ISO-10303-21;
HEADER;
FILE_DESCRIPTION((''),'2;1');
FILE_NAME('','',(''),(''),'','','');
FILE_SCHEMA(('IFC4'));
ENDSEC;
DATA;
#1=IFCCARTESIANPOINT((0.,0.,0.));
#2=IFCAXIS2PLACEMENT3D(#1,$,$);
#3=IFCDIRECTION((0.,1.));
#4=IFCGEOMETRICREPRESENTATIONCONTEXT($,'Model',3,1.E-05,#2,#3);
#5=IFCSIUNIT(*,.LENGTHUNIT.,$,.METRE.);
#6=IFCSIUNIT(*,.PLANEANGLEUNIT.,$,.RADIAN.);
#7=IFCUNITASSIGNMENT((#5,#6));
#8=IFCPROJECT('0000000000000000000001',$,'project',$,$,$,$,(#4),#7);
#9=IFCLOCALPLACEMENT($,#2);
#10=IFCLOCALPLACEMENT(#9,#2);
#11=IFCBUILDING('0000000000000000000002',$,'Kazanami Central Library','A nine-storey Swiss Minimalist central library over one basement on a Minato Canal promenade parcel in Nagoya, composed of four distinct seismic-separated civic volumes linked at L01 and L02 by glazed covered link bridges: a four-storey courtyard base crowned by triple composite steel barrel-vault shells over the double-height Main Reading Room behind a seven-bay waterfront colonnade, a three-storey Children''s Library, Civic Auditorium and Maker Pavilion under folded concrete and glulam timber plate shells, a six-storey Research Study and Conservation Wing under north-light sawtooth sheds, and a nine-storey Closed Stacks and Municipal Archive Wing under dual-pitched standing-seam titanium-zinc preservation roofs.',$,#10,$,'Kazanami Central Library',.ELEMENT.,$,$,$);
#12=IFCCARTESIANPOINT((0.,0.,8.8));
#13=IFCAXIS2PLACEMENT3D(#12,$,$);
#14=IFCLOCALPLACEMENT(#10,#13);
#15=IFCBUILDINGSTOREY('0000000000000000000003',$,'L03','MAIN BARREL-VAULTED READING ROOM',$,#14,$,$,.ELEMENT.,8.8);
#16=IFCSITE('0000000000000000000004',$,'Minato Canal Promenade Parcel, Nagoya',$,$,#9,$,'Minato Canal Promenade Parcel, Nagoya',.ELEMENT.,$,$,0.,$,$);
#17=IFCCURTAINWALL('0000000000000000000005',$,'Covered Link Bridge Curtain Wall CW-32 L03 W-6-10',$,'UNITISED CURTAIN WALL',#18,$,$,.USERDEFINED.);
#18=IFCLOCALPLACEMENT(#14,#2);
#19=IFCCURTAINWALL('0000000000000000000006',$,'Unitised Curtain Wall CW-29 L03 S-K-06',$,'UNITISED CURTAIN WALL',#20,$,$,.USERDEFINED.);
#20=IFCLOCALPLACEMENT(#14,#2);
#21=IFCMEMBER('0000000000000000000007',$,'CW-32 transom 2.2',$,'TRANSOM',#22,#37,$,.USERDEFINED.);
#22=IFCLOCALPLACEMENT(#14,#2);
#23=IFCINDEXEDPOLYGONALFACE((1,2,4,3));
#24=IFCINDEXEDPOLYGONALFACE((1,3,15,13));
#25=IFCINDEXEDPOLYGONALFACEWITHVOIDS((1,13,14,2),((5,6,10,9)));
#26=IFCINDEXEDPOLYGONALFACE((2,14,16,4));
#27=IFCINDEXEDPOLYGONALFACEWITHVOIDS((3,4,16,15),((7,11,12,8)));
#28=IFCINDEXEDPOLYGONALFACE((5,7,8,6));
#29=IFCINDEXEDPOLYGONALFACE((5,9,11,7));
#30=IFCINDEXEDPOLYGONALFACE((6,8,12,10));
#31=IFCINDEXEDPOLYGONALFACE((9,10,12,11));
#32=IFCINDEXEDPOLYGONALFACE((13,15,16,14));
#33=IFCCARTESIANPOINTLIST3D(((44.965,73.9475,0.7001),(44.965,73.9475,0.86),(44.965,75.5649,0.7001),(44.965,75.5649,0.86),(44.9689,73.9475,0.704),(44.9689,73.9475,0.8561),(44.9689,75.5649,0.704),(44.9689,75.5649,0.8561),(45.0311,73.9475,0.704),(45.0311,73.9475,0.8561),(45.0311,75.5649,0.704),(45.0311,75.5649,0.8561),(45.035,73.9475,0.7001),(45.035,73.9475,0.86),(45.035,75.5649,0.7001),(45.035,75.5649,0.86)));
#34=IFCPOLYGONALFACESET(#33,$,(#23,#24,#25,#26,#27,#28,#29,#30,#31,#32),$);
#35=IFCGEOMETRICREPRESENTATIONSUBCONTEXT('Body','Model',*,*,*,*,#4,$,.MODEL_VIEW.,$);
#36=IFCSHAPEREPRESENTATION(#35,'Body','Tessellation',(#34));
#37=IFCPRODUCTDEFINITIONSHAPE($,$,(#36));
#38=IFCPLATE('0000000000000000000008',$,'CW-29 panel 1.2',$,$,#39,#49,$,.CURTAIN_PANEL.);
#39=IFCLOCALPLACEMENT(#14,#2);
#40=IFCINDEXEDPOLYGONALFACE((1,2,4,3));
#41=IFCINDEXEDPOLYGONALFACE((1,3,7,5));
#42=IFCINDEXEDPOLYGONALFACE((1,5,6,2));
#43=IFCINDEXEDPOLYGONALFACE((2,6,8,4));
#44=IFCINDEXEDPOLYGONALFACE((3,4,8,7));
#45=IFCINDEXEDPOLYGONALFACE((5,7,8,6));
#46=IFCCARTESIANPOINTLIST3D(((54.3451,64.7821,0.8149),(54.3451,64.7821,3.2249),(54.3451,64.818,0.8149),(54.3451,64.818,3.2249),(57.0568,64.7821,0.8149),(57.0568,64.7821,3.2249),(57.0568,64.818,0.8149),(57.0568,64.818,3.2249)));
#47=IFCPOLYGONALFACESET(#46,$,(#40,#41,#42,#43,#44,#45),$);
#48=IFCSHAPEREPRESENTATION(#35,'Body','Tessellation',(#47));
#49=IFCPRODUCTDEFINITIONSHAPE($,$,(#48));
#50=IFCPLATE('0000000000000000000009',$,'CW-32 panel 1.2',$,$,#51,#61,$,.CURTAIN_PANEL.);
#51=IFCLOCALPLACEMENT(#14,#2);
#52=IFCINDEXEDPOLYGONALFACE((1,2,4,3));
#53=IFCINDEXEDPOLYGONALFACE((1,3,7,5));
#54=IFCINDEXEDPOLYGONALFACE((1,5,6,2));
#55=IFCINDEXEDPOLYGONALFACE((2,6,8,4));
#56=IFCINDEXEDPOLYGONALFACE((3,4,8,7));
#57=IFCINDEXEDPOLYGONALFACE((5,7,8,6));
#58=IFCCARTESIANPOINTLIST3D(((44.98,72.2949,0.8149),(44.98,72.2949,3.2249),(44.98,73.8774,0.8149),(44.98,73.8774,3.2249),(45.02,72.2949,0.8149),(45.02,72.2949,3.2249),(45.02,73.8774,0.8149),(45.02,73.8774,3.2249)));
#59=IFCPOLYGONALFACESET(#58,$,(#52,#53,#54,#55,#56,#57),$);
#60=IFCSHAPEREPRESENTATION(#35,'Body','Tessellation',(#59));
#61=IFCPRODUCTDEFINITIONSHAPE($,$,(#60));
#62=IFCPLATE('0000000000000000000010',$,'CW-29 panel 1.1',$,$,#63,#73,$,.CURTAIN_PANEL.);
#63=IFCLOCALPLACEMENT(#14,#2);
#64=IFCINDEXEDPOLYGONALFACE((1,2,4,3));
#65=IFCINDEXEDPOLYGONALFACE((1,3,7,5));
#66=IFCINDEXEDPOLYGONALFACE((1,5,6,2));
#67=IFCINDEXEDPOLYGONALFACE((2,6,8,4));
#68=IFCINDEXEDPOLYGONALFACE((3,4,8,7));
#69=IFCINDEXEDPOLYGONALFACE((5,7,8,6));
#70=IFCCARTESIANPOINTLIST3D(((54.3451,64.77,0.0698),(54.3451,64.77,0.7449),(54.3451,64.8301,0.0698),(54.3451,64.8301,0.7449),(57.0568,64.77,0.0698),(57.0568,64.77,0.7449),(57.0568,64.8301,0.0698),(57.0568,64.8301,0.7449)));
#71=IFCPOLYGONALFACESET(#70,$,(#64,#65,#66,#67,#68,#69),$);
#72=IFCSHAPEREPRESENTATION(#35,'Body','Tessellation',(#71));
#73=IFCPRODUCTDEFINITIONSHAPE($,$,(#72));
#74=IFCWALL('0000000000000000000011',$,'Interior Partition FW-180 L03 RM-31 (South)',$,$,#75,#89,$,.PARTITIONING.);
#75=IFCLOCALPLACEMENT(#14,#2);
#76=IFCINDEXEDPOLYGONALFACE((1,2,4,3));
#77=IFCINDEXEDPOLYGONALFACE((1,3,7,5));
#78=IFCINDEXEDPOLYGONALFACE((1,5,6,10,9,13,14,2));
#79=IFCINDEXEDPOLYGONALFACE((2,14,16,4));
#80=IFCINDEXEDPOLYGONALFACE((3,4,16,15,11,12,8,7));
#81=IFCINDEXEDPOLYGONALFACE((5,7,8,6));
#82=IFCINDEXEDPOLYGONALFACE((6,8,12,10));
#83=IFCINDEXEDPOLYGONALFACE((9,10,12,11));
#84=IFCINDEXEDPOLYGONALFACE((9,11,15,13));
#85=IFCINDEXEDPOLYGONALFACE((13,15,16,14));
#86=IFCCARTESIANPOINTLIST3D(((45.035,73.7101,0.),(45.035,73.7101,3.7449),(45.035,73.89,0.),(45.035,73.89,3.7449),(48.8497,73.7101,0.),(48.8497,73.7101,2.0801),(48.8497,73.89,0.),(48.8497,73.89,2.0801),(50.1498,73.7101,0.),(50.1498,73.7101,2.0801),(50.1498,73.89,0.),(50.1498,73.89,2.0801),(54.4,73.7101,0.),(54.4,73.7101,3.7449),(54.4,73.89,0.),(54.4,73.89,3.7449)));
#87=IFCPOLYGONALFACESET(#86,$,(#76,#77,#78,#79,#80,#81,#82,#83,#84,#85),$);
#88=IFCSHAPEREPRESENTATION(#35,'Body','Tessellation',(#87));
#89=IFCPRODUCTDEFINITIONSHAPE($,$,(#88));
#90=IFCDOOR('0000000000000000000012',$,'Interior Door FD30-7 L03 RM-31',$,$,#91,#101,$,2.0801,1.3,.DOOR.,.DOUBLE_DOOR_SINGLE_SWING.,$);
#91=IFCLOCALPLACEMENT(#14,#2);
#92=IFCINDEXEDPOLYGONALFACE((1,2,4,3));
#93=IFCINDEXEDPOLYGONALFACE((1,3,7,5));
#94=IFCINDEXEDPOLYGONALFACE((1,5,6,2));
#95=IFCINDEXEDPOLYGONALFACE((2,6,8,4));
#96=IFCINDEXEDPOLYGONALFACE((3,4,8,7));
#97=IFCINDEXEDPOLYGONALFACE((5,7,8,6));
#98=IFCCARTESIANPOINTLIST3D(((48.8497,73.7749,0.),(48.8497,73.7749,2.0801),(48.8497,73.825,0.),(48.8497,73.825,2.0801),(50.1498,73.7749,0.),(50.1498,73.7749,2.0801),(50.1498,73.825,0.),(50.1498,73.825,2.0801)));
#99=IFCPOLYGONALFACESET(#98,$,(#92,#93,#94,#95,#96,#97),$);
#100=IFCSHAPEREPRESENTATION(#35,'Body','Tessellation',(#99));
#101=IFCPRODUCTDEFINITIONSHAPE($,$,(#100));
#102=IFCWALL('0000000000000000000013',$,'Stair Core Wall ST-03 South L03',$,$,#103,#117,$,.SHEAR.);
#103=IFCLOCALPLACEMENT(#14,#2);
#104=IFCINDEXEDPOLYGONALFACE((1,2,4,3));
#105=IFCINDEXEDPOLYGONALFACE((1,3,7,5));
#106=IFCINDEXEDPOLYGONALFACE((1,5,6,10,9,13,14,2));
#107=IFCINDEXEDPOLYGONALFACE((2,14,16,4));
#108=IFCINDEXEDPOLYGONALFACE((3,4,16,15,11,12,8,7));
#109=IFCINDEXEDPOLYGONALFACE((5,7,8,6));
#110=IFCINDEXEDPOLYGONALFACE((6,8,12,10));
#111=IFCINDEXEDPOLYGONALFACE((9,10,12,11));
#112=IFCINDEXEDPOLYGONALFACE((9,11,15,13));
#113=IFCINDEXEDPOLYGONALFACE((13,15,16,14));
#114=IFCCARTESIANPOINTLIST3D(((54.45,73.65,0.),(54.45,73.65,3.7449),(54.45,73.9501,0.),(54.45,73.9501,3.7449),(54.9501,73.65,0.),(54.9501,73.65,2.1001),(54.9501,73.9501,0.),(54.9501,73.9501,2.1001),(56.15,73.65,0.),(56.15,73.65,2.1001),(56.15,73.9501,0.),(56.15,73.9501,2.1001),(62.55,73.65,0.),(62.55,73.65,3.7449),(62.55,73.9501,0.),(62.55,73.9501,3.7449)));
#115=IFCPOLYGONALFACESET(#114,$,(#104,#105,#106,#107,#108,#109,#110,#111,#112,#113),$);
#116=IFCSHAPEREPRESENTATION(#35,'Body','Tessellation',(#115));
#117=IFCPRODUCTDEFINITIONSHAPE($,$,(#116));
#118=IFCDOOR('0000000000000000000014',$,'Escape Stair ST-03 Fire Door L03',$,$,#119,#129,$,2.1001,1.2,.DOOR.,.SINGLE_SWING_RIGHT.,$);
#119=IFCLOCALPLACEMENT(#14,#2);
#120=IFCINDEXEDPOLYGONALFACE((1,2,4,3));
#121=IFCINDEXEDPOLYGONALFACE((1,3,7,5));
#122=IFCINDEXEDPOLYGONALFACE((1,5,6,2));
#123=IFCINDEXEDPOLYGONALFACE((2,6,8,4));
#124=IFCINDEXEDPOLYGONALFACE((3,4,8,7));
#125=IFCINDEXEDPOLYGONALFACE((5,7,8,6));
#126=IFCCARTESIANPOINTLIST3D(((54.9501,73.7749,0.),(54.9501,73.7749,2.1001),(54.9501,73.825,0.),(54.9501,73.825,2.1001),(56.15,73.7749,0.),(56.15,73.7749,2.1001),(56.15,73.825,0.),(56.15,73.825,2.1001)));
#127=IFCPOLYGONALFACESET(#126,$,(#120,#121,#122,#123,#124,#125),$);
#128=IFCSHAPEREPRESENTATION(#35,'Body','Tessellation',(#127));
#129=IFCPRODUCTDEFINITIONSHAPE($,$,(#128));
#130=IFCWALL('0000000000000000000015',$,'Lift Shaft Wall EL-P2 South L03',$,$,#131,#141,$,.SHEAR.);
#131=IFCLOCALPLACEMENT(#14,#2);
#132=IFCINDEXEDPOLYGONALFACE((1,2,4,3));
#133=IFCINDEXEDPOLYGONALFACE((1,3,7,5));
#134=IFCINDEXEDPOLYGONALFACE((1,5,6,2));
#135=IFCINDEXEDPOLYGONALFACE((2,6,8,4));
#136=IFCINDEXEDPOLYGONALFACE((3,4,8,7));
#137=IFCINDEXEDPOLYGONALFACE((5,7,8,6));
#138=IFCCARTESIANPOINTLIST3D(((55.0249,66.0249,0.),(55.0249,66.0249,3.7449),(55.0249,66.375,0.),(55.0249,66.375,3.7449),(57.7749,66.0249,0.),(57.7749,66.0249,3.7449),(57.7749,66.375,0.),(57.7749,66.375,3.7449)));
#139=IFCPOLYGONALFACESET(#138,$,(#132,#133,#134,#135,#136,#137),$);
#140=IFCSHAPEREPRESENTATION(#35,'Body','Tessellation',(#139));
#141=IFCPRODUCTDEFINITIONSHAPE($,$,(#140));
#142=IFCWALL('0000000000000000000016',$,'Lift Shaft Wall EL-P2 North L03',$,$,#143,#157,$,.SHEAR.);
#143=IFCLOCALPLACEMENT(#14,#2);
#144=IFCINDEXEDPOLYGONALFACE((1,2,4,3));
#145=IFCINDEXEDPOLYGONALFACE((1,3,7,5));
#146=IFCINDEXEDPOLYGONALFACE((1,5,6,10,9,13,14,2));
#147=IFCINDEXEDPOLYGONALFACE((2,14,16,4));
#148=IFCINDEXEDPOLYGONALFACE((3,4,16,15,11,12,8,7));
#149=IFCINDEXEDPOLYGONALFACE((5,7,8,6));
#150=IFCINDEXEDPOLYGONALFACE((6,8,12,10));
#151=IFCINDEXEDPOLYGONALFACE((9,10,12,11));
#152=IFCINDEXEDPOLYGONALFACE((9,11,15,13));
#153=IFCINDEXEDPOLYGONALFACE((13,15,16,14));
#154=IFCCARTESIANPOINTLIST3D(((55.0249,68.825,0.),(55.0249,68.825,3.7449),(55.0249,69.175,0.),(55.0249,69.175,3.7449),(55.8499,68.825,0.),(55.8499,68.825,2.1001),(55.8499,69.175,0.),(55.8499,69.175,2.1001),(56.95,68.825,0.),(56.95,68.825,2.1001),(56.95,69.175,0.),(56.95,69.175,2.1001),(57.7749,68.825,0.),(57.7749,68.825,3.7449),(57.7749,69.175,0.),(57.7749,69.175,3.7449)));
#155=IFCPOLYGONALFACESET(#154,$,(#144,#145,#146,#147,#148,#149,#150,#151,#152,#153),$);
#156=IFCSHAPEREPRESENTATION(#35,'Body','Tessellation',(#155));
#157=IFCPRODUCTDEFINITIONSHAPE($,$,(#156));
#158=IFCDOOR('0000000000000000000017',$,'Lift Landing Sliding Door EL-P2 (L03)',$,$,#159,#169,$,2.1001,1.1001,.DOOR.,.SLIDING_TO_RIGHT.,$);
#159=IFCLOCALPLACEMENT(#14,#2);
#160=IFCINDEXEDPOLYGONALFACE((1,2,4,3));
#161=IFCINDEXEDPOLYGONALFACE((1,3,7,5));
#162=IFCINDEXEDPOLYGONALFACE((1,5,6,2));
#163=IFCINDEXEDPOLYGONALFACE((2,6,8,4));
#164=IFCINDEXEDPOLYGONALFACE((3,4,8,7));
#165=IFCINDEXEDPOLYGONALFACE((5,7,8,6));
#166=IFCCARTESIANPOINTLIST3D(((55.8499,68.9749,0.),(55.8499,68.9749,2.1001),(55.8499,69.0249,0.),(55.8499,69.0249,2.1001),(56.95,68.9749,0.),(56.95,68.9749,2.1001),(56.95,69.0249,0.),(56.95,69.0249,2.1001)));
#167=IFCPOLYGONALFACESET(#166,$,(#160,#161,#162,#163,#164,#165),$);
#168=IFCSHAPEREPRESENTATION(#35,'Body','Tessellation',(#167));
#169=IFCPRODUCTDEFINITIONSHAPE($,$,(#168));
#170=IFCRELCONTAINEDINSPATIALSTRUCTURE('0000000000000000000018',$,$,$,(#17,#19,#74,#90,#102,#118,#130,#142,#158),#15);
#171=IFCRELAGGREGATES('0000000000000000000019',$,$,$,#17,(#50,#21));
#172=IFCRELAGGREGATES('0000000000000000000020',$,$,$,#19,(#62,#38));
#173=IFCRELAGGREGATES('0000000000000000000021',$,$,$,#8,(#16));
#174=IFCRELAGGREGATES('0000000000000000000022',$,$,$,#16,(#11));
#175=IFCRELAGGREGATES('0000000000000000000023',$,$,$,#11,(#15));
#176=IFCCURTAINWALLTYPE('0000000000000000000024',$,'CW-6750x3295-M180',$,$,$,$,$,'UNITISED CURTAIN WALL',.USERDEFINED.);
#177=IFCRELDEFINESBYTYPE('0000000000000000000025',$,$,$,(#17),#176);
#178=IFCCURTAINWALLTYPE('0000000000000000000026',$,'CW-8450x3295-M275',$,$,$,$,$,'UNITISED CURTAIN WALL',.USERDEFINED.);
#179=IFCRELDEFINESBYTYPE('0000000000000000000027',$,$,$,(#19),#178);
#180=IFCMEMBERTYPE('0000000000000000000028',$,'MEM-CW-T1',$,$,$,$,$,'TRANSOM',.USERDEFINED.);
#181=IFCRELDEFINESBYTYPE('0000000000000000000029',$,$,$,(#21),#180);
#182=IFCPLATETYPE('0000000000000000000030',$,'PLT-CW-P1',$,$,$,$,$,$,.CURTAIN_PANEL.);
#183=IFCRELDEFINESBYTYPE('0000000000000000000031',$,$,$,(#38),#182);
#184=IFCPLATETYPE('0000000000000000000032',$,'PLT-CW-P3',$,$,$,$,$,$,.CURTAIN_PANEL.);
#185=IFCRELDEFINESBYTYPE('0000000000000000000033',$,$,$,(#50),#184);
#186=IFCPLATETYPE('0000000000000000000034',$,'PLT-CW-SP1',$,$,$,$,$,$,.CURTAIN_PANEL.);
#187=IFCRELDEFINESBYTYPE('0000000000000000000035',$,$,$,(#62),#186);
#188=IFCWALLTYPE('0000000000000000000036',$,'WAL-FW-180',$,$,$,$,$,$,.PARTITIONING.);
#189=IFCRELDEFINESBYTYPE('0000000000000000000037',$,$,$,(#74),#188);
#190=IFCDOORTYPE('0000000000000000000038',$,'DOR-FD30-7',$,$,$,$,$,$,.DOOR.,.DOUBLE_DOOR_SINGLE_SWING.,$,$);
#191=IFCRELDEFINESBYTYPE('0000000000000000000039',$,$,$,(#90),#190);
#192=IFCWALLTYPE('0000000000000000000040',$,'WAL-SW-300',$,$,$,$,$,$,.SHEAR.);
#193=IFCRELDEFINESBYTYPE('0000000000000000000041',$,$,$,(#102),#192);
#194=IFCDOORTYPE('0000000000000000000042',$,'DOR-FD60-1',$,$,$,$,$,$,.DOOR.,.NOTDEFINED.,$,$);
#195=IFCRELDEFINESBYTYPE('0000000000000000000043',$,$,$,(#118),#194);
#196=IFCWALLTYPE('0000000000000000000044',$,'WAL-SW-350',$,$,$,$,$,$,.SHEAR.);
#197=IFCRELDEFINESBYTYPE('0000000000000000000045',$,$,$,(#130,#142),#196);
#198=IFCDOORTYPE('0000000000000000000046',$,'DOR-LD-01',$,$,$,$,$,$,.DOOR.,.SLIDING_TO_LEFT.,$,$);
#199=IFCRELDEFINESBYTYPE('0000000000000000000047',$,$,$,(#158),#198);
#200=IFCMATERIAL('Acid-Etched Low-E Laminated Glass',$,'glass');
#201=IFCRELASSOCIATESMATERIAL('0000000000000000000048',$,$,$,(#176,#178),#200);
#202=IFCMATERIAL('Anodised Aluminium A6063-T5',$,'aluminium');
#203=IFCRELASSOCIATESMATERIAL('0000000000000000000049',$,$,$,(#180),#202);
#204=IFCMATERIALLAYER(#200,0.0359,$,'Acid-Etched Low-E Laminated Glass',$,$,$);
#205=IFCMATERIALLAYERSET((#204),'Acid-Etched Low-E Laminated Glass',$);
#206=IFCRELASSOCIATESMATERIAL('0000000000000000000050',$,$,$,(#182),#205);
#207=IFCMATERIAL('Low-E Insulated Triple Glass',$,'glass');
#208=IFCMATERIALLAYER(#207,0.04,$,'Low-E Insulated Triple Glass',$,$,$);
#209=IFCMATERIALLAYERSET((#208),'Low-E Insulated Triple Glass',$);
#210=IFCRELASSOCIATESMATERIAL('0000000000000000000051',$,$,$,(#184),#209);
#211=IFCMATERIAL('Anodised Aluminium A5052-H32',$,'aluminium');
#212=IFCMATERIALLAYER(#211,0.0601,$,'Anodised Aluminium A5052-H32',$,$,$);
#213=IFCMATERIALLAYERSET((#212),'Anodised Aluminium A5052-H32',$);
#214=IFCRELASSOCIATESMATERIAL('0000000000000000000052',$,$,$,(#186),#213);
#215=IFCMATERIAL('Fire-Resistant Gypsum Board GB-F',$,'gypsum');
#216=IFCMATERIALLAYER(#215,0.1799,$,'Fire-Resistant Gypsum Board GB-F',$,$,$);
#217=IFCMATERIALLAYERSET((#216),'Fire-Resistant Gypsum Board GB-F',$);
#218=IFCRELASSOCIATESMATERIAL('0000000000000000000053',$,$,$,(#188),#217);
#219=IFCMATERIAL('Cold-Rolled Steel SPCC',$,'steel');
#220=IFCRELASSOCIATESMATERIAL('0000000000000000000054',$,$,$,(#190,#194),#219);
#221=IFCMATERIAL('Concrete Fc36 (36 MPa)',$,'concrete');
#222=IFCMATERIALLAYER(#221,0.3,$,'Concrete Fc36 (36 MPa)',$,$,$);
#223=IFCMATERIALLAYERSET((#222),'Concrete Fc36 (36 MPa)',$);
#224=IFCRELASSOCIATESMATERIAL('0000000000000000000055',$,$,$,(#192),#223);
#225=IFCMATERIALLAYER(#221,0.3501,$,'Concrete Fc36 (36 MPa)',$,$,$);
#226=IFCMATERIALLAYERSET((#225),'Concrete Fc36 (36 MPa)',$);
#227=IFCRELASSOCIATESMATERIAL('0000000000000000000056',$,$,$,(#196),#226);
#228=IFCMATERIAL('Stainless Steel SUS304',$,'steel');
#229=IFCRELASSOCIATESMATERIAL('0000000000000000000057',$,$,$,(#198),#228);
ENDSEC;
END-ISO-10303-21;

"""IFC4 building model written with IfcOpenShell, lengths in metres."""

from ifc_helpers import new_model, si_unit, direction, frame, frame_2d, origin, origin_2d, place, context, subcontext, project, spatial, rectangle, hollow_rectangle, extrude, material, layer, layer_set, material_profile, profile_set, type_object, element, fill, aggregate, save


model = new_model("IFC4")

# Units and contexts
model_context = context("Model", 3, precision=1e-05, world=origin(), true_north=direction((0.0, 1.0)))
body_context = subcontext(model_context, "Body", "Model", "MODEL_VIEW")
ifc_project = project(units=[si_unit("LENGTHUNIT", "METRE"), si_unit("PLANEANGLEUNIT", "RADIAN")], contexts=[model_context])

# Site, building, storey
site_placement = place(None, origin())
site = spatial("IfcSite", under=ifc_project, at=site_placement, Name="Minato Canal Promenade Parcel, Nagoya", LongName="Minato Canal Promenade Parcel, Nagoya", CompositionType="ELEMENT", RefElevation=0.0)
building_placement = place(site_placement, origin())
building = spatial("IfcBuilding", under=site, at=building_placement, Name="Kazanami Central Library", Description="A nine-storey Swiss Minimalist central library over one basement on a Minato Canal promenade parcel in Nagoya, composed of four distinct seismic-separated civic volumes linked at L01 and L02 by glazed covered link bridges: a four-storey courtyard base crowned by triple composite steel barrel-vault shells over the double-height Main Reading Room behind a seven-bay waterfront colonnade, a three-storey Children's Library, Civic Auditorium and Maker Pavilion under folded concrete and glulam timber plate shells, a six-storey Research Study and Conservation Wing under north-light sawtooth sheds, and a nine-storey Closed Stacks and Municipal Archive Wing under dual-pitched standing-seam titanium-zinc preservation roofs.", LongName="Kazanami Central Library", CompositionType="ELEMENT")
storey_placement = place(building_placement, frame((0.0, 0.0, 8.8)))
storey = spatial("IfcBuildingStorey", under=building, at=storey_placement, Name="L03", Description="MAIN BARREL-VAULTED READING ROOM", CompositionType="ELEMENT", Elevation=8.8)

# Curtain wall
ifc_material_1 = material(Name="Acid-Etched Low-E Laminated Glass", Category="glass")
curtain_wall_type_1 = type_object("IfcCurtainWallType", Name="CW-6750x3295-M180", ElementType="UNITISED CURTAIN WALL", PredefinedType="USERDEFINED", material=ifc_material_1)
curtain_wall_1_placement = place(storey_placement, origin())
curtain_wall_1 = element("IfcCurtainWall", 1, at=curtain_wall_1_placement, inside=storey, type_object=curtain_wall_type_1, Name="Covered Link Bridge Curtain Wall CW-32 L03 W-6-10", ObjectType="UNITISED CURTAIN WALL", PredefinedType="USERDEFINED")
ifc_material_2 = material(Name="Anodised Aluminium A6063-T5", Category="aluminium")

# Curtain wall
curtain_wall_type_2 = type_object("IfcCurtainWallType", Name="CW-8450x3295-M275", ElementType="UNITISED CURTAIN WALL", PredefinedType="USERDEFINED", material=ifc_material_1)
curtain_wall_2_placement = place(storey_placement, origin())
curtain_wall_2 = element("IfcCurtainWall", 2, at=curtain_wall_2_placement, inside=storey, type_object=curtain_wall_type_2, Name="Unitised Curtain Wall CW-29 L03 S-K-06", ObjectType="UNITISED CURTAIN WALL", PredefinedType="USERDEFINED")
ifc_material_profile_1 = material_profile(ifc_material_2, hollow_rectangle(XDim=0.0701, YDim=0.1599, WallThickness=0.0039, at=origin_2d()), Name="ALU-TRAN-70x160x4")
ifc_profile_set_1 = profile_set([ifc_material_profile_1], Name="Anodised Aluminium A6063-T5")
member_type_1 = type_object("IfcMemberType", Name="MEM-CW-T1", ElementType="TRANSOM", PredefinedType="USERDEFINED", material=ifc_profile_set_1)

# Member
member_1_placement = place(storey_placement, frame((45.0, 73.9475, 0.78), z_axis=(0.0, 1.0, 0.0), x_axis=(-1.0, 0.0, 0.0)))
member_1 = element("IfcMember", 3, at=member_1_placement, type_object=member_type_1, Name="CW-32 transom 2.2", ObjectType="TRANSOM", PredefinedType="USERDEFINED", context=body_context, shape_type="SweptSolid", body=[
    extrude(hollow_rectangle(XDim=0.0701, YDim=0.1599, WallThickness=0.0039, at=origin_2d()), origin(), (0.0, 0.0, 1.0), 1.6174),
])

# Plates
ifc_layer_1 = layer(ifc_material_1, 0.0359, Name="Acid-Etched Low-E Laminated Glass")
ifc_layer_set_1 = layer_set([ifc_layer_1], Name="Acid-Etched Low-E Laminated Glass")
plate_type_1 = type_object("IfcPlateType", Name="PLT-CW-P1", PredefinedType="CURTAIN_PANEL", material=ifc_layer_set_1)
plate_1_placement = place(storey_placement, frame((55.7009, 64.8, 0.8149), z_axis=(0.0, 0.0, 1.0), x_axis=(1.0, 0.0, 0.0)))
plate_1 = element("IfcPlate", 4, at=plate_1_placement, type_object=plate_type_1, Name="CW-29 panel 1.2", PredefinedType="CURTAIN_PANEL", context=body_context, shape_type="SweptSolid", body=[
    extrude(rectangle(XDim=2.7117, YDim=0.0359, at=origin_2d()), origin(), (0.0, 0.0, 1.0), 2.4099),
])
ifc_material_3 = material(Name="Low-E Insulated Triple Glass", Category="glass")
ifc_layer_2 = layer(ifc_material_3, 0.04, Name="Low-E Insulated Triple Glass")
ifc_layer_set_2 = layer_set([ifc_layer_2], Name="Low-E Insulated Triple Glass")
plate_type_2 = type_object("IfcPlateType", Name="PLT-CW-P3", PredefinedType="CURTAIN_PANEL", material=ifc_layer_set_2)
plate_2_placement = place(storey_placement, frame((45.0, 73.0862, 0.8149), z_axis=(0.0, 0.0, 1.0), x_axis=(0.0, 1.0, 0.0)))
plate_2 = element("IfcPlate", 5, at=plate_2_placement, type_object=plate_type_2, Name="CW-32 panel 1.2", PredefinedType="CURTAIN_PANEL", context=body_context, shape_type="SweptSolid", body=[
    extrude(rectangle(XDim=1.5825, YDim=0.04, at=origin_2d()), origin(), (0.0, 0.0, 1.0), 2.4099),
])
aggregate(curtain_wall_1, [plate_2, member_1])
ifc_material_4 = material(Name="Anodised Aluminium A5052-H32", Category="aluminium")
ifc_layer_3 = layer(ifc_material_4, 0.0601, Name="Anodised Aluminium A5052-H32")
ifc_layer_set_3 = layer_set([ifc_layer_3], Name="Anodised Aluminium A5052-H32")
plate_type_3 = type_object("IfcPlateType", Name="PLT-CW-SP1", PredefinedType="CURTAIN_PANEL", material=ifc_layer_set_3)
plate_3_placement = place(storey_placement, frame((55.7009, 64.8, 0.0698), z_axis=(0.0, 0.0, 1.0), x_axis=(1.0, 0.0, 0.0)))
plate_3 = element("IfcPlate", 6, at=plate_3_placement, type_object=plate_type_3, Name="CW-29 panel 1.1", PredefinedType="CURTAIN_PANEL", context=body_context, shape_type="SweptSolid", body=[
    extrude(rectangle(XDim=2.7117, YDim=0.0601, at=origin_2d()), origin(), (0.0, 0.0, 1.0), 0.675),
])
aggregate(curtain_wall_2, [plate_3, plate_1])

# Walls, openings, doors
ifc_material_5 = material(Name="Fire-Resistant Gypsum Board GB-F", Category="gypsum")
ifc_layer_4 = layer(ifc_material_5, 0.1799, Name="Fire-Resistant Gypsum Board GB-F")
ifc_layer_set_4 = layer_set([ifc_layer_4], Name="Fire-Resistant Gypsum Board GB-F")
wall_type_1 = type_object("IfcWallType", Name="WAL-FW-180", PredefinedType="PARTITIONING", material=ifc_layer_set_4)
wall_1_placement = place(storey_placement, frame((45.0349, 73.8, 0.0), z_axis=(0.0, 0.0, 1.0), x_axis=(1.0, 0.0, 0.0)))
wall_1 = element("IfcWall", 7, at=wall_1_placement, inside=storey, type_object=wall_type_1, Name="Interior Partition FW-180 L03 RM-31 (South)", PredefinedType="PARTITIONING", context=body_context, shape_type="SweptSolid", body=[
    extrude(rectangle(XDim=9.365, YDim=0.1799, at=frame_2d((4.6826, 0.0))), origin(), (0.0, 0.0, 1.0), 3.7449),
])
opening_1_placement = place(wall_1_placement, frame((3.8149, 0.0, 0.0)))
opening_1 = element("IfcOpeningElement", 8, at=opening_1_placement, cuts=wall_1, PredefinedType="OPENING", context=body_context, shape_type="SweptSolid", body=[
    extrude(rectangle(XDim=1.3, YDim=2.0801, at=frame_2d((0.6499, 1.04))), frame((0.0, 0.1021, 0.0), z_axis=(0.0, -1.0, 0.0), x_axis=(1.0, 0.0, 0.0)), (0.0, 0.0, 1.0), 0.2039),
])
ifc_material_6 = material(Name="Cold-Rolled Steel SPCC", Category="steel")
door_type_1 = type_object("IfcDoorType", Name="DOR-FD30-7", OperationType="DOUBLE_DOOR_SINGLE_SWING", PredefinedType="DOOR", material=ifc_material_6)
door_1_placement = place(opening_1_placement, origin())
door_1 = element("IfcDoor", 9, at=door_1_placement, inside=storey, type_object=door_type_1, Name="Interior Door FD30-7 L03 RM-31", OperationType="DOUBLE_DOOR_SINGLE_SWING", OverallHeight=2.0801, OverallWidth=1.3, PredefinedType="DOOR", context=body_context, shape_type="SweptSolid", body=[
    extrude(rectangle(XDim=1.3, YDim=2.0801, at=frame_2d((0.6499, 1.04))), frame((0.0, 0.0249, 0.0), z_axis=(0.0, -1.0, 0.0), x_axis=(1.0, 0.0, 0.0)), (0.0, 0.0, 1.0), 0.05),
])
fill(opening_1, door_1)
ifc_material_7 = material(Name="Concrete Fc36 (36 MPa)", Category="concrete")
ifc_layer_5 = layer(ifc_material_7, 0.3, Name="Concrete Fc36 (36 MPa)")
ifc_layer_set_5 = layer_set([ifc_layer_5], Name="Concrete Fc36 (36 MPa)")
wall_type_2 = type_object("IfcWallType", Name="WAL-SW-300", PredefinedType="SHEAR", material=ifc_layer_set_5)
wall_2_placement = place(storey_placement, frame((54.45, 73.8, 0.0), z_axis=(0.0, 0.0, 1.0), x_axis=(1.0, 0.0, 0.0)))
wall_2 = element("IfcWall", 10, at=wall_2_placement, inside=storey, type_object=wall_type_2, Name="Stair Core Wall ST-03 South L03", PredefinedType="SHEAR", context=body_context, shape_type="SweptSolid", body=[
    extrude(rectangle(XDim=8.1001, YDim=0.3, at=frame_2d((4.05, 0.0))), origin(), (0.0, 0.0, 1.0), 3.7449),
])
opening_2_placement = place(wall_2_placement, frame((0.5, 0.0, 0.0)))
opening_2 = element("IfcOpeningElement", 11, at=opening_2_placement, cuts=wall_2, PredefinedType="OPENING", context=body_context, shape_type="SweptSolid", body=[
    extrude(rectangle(XDim=1.2, YDim=2.1001, at=frame_2d((0.6001, 1.05))), frame((0.0, 0.1621, 0.0), z_axis=(0.0, -1.0, 0.0), x_axis=(1.0, 0.0, 0.0)), (0.0, 0.0, 1.0), 0.324),
])
door_type_2 = type_object("IfcDoorType", Name="DOR-FD60-1", OperationType="NOTDEFINED", PredefinedType="DOOR", material=ifc_material_6)
door_2_placement = place(opening_2_placement, origin())
door_2 = element("IfcDoor", 12, at=door_2_placement, inside=storey, type_object=door_type_2, Name="Escape Stair ST-03 Fire Door L03", OperationType="SINGLE_SWING_RIGHT", OverallHeight=2.1001, OverallWidth=1.2, PredefinedType="DOOR", context=body_context, shape_type="SweptSolid", body=[
    extrude(rectangle(XDim=1.2, YDim=2.1001, at=frame_2d((0.6001, 1.05))), frame((0.0, 0.0249, 0.0), z_axis=(0.0, -1.0, 0.0), x_axis=(1.0, 0.0, 0.0)), (0.0, 0.0, 1.0), 0.05),
])
fill(opening_2, door_2)

# Wall
ifc_layer_6 = layer(ifc_material_7, 0.3501, Name="Concrete Fc36 (36 MPa)")
ifc_layer_set_6 = layer_set([ifc_layer_6], Name="Concrete Fc36 (36 MPa)")
wall_type_3 = type_object("IfcWallType", Name="WAL-SW-350", PredefinedType="SHEAR", material=ifc_layer_set_6)
wall_3_placement = place(storey_placement, frame((55.0249, 66.2, 0.0), z_axis=(0.0, 0.0, 1.0), x_axis=(1.0, 0.0, 0.0)))
element("IfcWall", 13, at=wall_3_placement, inside=storey, type_object=wall_type_3, Name="Lift Shaft Wall EL-P2 South L03", PredefinedType="SHEAR", context=body_context, shape_type="SweptSolid", body=[
    extrude(rectangle(XDim=2.75, YDim=0.3501, at=frame_2d((1.375, 0.0))), origin(), (0.0, 0.0, 1.0), 3.7449),
])

# Wall, opening, door
wall_4_placement = place(storey_placement, frame((55.0249, 69.0, 0.0), z_axis=(0.0, 0.0, 1.0), x_axis=(1.0, 0.0, 0.0)))
wall_4 = element("IfcWall", 14, at=wall_4_placement, inside=storey, type_object=wall_type_3, Name="Lift Shaft Wall EL-P2 North L03", PredefinedType="SHEAR", context=body_context, shape_type="SweptSolid", body=[
    extrude(rectangle(XDim=2.75, YDim=0.3501, at=frame_2d((1.375, 0.0))), origin(), (0.0, 0.0, 1.0), 3.7449),
])
opening_3_placement = place(wall_4_placement, frame((0.825, 0.0, 0.0)))
opening_3 = element("IfcOpeningElement", 15, at=opening_3_placement, cuts=wall_4, PredefinedType="OPENING", context=body_context, shape_type="SweptSolid", body=[
    extrude(rectangle(XDim=1.1001, YDim=2.1001, at=frame_2d((0.55, 1.05))), frame((0.0, 0.187, 0.0), z_axis=(0.0, -1.0, 0.0), x_axis=(1.0, 0.0, 0.0)), (0.0, 0.0, 1.0), 0.374),
])
ifc_material_8 = material(Name="Stainless Steel SUS304", Category="steel")
door_type_3 = type_object("IfcDoorType", Name="DOR-LD-01", OperationType="SLIDING_TO_LEFT", PredefinedType="DOOR", material=ifc_material_8)
door_3_placement = place(opening_3_placement, origin())
door_3 = element("IfcDoor", 16, at=door_3_placement, inside=storey, type_object=door_type_3, Name="Lift Landing Sliding Door EL-P2 (L03)", OperationType="SLIDING_TO_RIGHT", OverallHeight=2.1001, OverallWidth=1.1001, PredefinedType="DOOR", context=body_context, shape_type="SweptSolid", body=[
    extrude(rectangle(XDim=1.1001, YDim=2.1001, at=frame_2d((0.55, 1.05))), frame((0.0, 0.0249, 0.0), z_axis=(0.0, -1.0, 0.0), x_axis=(1.0, 0.0, 0.0)), (0.0, 0.0, 1.0), 0.05),
])
fill(opening_3, door_3)

save(model, "model.ifc")
